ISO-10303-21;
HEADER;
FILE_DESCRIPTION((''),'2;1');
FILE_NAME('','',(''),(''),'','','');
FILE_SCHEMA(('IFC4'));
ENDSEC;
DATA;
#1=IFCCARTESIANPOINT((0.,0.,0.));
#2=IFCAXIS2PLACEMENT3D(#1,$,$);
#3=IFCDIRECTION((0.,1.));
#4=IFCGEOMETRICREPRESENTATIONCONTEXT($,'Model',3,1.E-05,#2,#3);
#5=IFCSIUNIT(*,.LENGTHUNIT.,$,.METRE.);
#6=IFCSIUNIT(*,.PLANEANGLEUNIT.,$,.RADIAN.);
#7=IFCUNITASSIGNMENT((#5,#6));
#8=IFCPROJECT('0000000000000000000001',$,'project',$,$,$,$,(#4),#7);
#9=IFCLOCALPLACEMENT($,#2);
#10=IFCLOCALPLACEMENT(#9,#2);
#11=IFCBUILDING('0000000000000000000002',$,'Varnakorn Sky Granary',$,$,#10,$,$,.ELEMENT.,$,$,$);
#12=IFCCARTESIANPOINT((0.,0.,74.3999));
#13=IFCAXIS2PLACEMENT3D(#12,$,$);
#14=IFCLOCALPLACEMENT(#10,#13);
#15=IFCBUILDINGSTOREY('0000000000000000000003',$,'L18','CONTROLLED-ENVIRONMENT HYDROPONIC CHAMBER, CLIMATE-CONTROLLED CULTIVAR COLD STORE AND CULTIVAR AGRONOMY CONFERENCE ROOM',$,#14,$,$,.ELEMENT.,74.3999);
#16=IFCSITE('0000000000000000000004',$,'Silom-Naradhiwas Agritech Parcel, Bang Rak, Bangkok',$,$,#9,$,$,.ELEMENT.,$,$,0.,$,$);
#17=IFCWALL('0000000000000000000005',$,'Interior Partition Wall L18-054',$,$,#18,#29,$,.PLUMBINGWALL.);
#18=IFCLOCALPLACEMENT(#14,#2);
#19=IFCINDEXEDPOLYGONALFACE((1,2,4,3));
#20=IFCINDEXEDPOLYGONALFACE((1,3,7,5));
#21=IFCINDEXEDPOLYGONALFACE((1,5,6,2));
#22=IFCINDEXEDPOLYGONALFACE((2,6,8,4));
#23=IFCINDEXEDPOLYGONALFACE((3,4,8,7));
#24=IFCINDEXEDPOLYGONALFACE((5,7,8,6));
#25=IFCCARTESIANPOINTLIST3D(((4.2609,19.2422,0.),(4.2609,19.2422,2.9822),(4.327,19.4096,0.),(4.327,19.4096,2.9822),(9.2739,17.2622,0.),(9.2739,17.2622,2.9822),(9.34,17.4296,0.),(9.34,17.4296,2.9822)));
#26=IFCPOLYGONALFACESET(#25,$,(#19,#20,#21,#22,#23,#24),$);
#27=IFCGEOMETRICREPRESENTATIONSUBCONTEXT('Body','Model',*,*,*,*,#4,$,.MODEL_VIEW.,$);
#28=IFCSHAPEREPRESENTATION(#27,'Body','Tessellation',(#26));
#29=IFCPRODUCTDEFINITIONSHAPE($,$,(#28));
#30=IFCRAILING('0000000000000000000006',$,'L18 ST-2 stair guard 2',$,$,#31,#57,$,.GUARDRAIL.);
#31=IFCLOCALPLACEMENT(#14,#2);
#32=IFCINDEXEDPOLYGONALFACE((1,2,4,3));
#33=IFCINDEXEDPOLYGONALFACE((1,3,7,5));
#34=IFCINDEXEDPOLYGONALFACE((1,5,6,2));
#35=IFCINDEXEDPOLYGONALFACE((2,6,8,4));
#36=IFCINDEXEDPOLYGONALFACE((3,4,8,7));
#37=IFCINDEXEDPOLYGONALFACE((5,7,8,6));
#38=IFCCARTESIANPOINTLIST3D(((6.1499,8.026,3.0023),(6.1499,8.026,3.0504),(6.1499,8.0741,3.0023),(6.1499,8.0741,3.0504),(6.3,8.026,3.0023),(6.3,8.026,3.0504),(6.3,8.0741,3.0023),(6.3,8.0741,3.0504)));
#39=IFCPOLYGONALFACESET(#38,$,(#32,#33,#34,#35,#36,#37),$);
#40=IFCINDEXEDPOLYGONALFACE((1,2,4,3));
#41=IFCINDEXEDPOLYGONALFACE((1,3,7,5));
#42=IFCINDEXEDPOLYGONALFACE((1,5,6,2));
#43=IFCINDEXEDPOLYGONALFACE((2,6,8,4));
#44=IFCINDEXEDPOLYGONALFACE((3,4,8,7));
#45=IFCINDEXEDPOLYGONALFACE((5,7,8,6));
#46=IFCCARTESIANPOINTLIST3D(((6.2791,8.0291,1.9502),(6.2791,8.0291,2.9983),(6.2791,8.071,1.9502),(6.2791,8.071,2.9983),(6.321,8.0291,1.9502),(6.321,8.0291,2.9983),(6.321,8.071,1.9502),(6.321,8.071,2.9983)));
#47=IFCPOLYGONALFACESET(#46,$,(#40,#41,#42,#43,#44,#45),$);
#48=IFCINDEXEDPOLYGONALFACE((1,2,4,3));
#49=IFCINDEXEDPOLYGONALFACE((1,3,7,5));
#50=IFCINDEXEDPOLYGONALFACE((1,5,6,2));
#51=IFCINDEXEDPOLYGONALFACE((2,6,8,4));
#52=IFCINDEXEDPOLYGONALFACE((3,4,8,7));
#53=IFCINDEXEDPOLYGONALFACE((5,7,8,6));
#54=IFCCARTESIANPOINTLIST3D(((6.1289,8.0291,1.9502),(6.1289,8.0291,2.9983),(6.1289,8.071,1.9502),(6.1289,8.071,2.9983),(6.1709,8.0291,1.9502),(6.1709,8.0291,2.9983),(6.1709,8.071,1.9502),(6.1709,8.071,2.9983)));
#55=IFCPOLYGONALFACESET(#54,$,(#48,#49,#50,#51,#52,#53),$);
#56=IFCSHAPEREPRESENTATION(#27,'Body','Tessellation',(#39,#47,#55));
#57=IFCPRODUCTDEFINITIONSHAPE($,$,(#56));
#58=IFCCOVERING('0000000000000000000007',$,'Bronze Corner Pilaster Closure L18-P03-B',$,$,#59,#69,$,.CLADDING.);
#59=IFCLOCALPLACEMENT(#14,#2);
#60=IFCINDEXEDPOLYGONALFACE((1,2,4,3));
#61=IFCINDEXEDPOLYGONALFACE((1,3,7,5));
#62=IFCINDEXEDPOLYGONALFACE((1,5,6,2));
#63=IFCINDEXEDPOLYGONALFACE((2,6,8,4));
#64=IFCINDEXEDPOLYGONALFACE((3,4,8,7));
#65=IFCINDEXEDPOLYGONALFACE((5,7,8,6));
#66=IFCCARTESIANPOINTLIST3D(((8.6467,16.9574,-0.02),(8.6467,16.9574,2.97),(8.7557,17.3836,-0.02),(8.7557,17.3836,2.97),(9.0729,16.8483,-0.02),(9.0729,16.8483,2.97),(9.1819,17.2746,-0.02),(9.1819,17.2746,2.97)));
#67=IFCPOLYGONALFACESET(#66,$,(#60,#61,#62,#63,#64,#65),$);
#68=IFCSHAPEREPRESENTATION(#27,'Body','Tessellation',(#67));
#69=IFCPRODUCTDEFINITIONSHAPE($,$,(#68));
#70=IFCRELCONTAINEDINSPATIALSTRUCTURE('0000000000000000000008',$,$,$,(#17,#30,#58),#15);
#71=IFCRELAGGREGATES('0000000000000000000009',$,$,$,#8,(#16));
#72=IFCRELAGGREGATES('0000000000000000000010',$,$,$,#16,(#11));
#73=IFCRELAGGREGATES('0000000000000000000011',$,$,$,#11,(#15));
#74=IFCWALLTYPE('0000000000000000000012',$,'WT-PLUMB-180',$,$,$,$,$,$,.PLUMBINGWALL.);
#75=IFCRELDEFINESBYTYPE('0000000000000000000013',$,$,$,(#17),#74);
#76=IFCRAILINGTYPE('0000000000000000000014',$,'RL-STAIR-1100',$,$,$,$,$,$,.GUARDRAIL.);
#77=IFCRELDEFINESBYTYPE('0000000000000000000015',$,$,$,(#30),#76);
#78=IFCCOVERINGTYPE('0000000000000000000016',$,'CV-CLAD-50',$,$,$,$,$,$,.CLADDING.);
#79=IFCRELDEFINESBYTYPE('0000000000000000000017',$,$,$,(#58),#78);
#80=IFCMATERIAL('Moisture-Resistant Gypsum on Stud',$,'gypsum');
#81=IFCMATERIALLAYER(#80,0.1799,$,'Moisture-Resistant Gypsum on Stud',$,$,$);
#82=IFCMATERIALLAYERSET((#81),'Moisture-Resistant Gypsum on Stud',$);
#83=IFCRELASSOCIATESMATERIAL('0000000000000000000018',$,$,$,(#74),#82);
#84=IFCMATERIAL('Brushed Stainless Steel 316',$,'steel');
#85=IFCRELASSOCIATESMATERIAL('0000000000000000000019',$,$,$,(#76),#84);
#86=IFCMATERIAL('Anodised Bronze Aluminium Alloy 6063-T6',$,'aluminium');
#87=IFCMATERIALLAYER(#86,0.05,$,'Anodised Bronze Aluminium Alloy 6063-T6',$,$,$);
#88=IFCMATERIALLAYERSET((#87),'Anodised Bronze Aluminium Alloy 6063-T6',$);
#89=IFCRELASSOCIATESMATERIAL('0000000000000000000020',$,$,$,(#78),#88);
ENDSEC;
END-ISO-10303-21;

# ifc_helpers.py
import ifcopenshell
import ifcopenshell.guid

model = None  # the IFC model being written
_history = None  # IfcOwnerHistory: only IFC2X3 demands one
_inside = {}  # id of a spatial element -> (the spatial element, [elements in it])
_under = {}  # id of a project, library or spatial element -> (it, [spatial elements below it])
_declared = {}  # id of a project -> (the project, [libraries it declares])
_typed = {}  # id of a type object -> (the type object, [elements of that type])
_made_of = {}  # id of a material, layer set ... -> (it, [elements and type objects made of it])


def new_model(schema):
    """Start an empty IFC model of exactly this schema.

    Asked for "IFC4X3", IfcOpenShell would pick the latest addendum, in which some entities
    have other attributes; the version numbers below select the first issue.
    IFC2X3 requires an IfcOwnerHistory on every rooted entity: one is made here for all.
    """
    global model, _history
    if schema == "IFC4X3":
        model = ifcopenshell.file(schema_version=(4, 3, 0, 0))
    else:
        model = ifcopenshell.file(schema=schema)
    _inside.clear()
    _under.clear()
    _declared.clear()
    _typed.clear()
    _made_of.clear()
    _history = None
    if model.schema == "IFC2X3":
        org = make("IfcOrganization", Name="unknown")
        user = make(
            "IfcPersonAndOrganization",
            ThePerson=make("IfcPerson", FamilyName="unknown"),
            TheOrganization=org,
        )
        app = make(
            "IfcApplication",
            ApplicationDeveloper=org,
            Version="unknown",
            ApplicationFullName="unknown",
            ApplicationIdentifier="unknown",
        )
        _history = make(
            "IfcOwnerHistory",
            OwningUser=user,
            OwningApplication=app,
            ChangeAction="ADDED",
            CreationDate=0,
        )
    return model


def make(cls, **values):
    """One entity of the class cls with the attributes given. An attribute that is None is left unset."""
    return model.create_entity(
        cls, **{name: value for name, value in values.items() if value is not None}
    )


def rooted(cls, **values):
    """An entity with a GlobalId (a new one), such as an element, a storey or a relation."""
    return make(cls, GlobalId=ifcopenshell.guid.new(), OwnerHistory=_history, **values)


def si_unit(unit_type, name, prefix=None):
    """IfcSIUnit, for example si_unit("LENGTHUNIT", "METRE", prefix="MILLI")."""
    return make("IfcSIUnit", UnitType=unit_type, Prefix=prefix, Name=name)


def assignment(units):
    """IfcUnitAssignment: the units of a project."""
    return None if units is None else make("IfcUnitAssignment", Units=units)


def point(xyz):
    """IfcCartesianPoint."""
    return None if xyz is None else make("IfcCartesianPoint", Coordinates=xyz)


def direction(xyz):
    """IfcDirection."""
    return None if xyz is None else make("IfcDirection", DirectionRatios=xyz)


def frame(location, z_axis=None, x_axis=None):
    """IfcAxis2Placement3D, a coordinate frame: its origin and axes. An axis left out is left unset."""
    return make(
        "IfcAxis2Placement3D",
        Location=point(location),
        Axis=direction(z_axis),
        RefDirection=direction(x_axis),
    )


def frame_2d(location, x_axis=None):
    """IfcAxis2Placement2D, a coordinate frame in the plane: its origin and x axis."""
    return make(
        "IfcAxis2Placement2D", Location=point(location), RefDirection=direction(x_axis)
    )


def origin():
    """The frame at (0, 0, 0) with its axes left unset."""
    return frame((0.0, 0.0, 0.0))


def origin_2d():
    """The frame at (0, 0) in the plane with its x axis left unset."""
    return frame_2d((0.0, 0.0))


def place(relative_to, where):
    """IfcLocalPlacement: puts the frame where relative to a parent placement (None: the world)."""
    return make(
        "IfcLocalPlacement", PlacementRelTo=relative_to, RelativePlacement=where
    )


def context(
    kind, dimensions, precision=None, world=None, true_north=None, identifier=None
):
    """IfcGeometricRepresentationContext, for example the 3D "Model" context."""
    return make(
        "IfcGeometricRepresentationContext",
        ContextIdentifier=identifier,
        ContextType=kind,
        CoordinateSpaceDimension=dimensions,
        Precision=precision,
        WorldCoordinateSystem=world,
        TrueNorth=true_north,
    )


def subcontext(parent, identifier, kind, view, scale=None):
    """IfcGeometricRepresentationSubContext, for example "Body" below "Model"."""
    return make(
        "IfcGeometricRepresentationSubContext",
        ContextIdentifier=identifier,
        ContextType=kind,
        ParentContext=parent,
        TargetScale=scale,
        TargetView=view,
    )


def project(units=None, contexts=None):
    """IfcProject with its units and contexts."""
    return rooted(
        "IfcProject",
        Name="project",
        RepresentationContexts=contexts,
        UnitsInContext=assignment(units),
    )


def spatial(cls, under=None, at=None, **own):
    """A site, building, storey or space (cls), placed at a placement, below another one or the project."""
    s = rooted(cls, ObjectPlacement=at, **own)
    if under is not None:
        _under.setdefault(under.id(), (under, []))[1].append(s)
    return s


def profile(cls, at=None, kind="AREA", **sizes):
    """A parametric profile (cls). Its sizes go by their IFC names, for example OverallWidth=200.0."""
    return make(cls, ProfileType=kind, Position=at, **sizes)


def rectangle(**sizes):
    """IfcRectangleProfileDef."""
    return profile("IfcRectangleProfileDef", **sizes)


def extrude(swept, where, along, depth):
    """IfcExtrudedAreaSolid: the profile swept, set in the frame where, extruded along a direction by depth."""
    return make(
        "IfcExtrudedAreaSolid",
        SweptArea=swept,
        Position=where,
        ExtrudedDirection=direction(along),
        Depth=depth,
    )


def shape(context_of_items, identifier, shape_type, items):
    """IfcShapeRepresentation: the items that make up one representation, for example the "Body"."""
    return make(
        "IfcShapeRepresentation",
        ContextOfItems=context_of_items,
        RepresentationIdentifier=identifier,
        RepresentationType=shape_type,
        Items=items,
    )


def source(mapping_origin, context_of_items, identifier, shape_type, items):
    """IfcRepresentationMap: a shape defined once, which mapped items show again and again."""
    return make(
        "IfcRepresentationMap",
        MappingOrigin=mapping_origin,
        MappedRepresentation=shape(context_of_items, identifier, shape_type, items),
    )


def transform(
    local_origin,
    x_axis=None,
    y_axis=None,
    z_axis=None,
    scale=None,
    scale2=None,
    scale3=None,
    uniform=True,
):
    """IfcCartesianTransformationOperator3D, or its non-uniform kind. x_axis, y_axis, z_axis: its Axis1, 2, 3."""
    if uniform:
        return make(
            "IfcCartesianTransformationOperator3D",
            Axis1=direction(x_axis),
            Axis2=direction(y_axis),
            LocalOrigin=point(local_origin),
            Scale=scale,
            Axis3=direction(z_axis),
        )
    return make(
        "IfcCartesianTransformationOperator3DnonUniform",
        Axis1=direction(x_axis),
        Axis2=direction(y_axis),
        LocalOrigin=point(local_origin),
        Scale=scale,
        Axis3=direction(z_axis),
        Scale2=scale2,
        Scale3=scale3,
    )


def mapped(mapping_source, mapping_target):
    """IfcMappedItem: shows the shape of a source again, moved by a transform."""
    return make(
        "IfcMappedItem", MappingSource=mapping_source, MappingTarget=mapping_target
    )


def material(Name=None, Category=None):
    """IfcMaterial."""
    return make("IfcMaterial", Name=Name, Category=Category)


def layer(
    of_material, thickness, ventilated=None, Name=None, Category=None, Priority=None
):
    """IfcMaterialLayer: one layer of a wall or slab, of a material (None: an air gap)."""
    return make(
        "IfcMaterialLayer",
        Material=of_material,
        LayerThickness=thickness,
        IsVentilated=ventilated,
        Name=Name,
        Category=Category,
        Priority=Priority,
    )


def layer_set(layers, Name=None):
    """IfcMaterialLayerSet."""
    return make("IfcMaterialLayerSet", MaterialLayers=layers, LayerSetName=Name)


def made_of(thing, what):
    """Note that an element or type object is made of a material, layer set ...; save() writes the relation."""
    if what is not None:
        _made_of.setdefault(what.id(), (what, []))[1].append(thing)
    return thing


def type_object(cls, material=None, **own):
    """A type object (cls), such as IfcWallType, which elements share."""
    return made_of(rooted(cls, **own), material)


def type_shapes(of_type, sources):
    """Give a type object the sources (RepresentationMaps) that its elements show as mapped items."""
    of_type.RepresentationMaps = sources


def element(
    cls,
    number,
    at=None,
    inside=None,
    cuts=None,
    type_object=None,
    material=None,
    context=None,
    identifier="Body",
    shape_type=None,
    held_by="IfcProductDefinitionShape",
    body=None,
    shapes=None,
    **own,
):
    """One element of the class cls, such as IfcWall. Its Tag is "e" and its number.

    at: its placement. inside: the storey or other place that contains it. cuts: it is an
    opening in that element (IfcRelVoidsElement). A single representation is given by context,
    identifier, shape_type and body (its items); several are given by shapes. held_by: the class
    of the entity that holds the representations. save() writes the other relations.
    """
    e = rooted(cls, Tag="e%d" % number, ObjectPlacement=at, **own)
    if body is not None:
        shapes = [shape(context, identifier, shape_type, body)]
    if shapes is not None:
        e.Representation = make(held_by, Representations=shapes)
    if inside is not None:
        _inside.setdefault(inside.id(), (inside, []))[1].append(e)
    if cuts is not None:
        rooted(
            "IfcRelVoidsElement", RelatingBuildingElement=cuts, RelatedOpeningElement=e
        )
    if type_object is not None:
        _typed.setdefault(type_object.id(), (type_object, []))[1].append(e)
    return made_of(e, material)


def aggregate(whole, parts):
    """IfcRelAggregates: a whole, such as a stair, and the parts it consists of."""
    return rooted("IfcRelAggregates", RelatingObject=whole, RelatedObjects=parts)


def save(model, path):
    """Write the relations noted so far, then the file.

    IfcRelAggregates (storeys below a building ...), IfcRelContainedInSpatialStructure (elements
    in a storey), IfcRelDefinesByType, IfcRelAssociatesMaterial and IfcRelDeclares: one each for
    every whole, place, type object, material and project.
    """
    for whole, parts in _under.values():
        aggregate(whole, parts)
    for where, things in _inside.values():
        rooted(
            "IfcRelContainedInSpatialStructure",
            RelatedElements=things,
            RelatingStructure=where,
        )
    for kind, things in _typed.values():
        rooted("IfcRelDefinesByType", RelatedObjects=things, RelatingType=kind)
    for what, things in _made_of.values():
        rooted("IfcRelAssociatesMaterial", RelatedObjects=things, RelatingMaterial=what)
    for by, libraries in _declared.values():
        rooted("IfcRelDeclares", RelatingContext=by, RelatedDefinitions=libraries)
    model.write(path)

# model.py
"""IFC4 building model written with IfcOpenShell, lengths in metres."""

from ifc_helpers import new_model, si_unit, direction, frame, frame_2d, origin, origin_2d, place, context, subcontext, project, spatial, rectangle, extrude, source, transform, mapped, material, layer, layer_set, type_object, type_shapes, element, save


model = new_model("IFC4")

# Units and contexts
model_context = context("Model", 3, precision=1e-05, world=origin(), true_north=direction((0.0, 1.0)))
body_context = subcontext(model_context, "Body", "Model", "MODEL_VIEW")
ifc_project = project(units=[si_unit("LENGTHUNIT", "METRE"), si_unit("PLANEANGLEUNIT", "RADIAN")], contexts=[model_context])

# Site, building, storey
site_placement = place(None, origin())
site = spatial("IfcSite", under=ifc_project, at=site_placement, Name="Silom-Naradhiwas Agritech Parcel, Bang Rak, Bangkok", CompositionType="ELEMENT", RefElevation=0.0)
building_placement = place(site_placement, origin())
building = spatial("IfcBuilding", under=site, at=building_placement, Name="Varnakorn Sky Granary", CompositionType="ELEMENT")
storey_placement = place(building_placement, frame((0.0, 0.0, 74.3999)))
storey = spatial("IfcBuildingStorey", under=building, at=storey_placement, Name="L18", Description="CONTROLLED-ENVIRONMENT HYDROPONIC CHAMBER, CLIMATE-CONTROLLED CULTIVAR COLD STORE AND CULTIVAR AGRONOMY CONFERENCE ROOM", CompositionType="ELEMENT", Elevation=74.3999)

# Shared definitions
ifc_material_1 = material(Name="Moisture-Resistant Gypsum on Stud", Category="gypsum")
ifc_layer_1 = layer(ifc_material_1, 0.1799, Name="Moisture-Resistant Gypsum on Stud")
ifc_layer_set_1 = layer_set([ifc_layer_1], Name="Moisture-Resistant Gypsum on Stud")
wall_type_1 = type_object("IfcWallType", Name="WT-PLUMB-180", PredefinedType="PLUMBINGWALL", material=ifc_layer_set_1)

# Wall
wall_1_placement = place(storey_placement, frame((9.3069, 17.3459, 0.0), z_axis=(0.0, 0.0, 1.0), x_axis=(-0.93008, 0.367357, 0.0)))
element("IfcWall", 1, at=wall_1_placement, inside=storey, type_object=wall_type_1, Name="Interior Partition Wall L18-054", PredefinedType="PLUMBINGWALL", context=body_context, shape_type="SweptSolid", body=[
    extrude(rectangle(XDim=5.3899, YDim=0.1799, at=frame_2d((2.6948, 0.0))), origin(), (0.0, 0.0, 1.0), 2.9822),
])

# Railing
ifc_material_2 = material(Name="Brushed Stainless Steel 316", Category="steel")
railing_type = type_object("IfcRailingType", Name="RL-STAIR-1100", PredefinedType="GUARDRAIL", material=ifc_material_2)
railing_placement = place(storey_placement, frame((6.3, 8.05, 1.9502)))
element("IfcRailing", 2, at=railing_placement, inside=storey, type_object=railing_type, Name="L18 ST-2 stair guard 2", PredefinedType="GUARDRAIL", context=body_context, shape_type="SweptSolid", body=[
    extrude(rectangle(XDim=0.0481, YDim=0.0481, at=origin_2d()), frame((0.0, 0.0, 1.0762), z_axis=(-1.0, 0.0, 0.0), x_axis=(0.0, -1.0, 0.0)), (0.0, 0.0, 1.0), 0.1501),
    extrude(rectangle(XDim=0.042, YDim=0.042, at=origin_2d()), origin(), (0.0, 0.0, 1.0), 1.0481),
    extrude(rectangle(XDim=0.042, YDim=0.042, at=origin_2d()), frame((-0.1501, 0.0, 0.0)), (0.0, 0.0, 1.0), 1.0481),
])

# Covering
ifc_material_3 = material(Name="Anodised Bronze Aluminium Alloy 6063-T6", Category="aluminium")
ifc_layer_2 = layer(ifc_material_3, 0.05, Name="Anodised Bronze Aluminium Alloy 6063-T6")
ifc_layer_set_2 = layer_set([ifc_layer_2], Name="Anodised Bronze Aluminium Alloy 6063-T6")
covering_type = type_object("IfcCoveringType", Name="CV-CLAD-50", PredefinedType="CLADDING", material=ifc_layer_set_2)
shared_shape = source(origin(), body_context, "Body", "SweptSolid", [
    extrude(rectangle(XDim=0.4399, YDim=0.4399, at=origin_2d()), origin(), (0.0, 0.0, 1.0), 2.99),
])
type_shapes(covering_type, [shared_shape])
covering_placement = place(storey_placement, frame((8.9143, 17.116, -0.02), z_axis=(0.0, 0.0, 1.0), x_axis=(0.9688, -0.247845, 0.0)))
element("IfcCovering", 3, at=covering_placement, inside=storey, type_object=covering_type, Name="Bronze Corner Pilaster Closure L18-P03-B", PredefinedType="CLADDING", context=body_context, shape_type="MappedRepresentation", body=[
    mapped(shared_shape, transform((0.0, 0.0, 0.0), x_axis=(1.0, 0.0, 0.0), y_axis=(0.0, 1.0, 0.0), z_axis=(0.0, 0.0, 1.0), scale=1.0)),
])

save(model, "model.ifc")
